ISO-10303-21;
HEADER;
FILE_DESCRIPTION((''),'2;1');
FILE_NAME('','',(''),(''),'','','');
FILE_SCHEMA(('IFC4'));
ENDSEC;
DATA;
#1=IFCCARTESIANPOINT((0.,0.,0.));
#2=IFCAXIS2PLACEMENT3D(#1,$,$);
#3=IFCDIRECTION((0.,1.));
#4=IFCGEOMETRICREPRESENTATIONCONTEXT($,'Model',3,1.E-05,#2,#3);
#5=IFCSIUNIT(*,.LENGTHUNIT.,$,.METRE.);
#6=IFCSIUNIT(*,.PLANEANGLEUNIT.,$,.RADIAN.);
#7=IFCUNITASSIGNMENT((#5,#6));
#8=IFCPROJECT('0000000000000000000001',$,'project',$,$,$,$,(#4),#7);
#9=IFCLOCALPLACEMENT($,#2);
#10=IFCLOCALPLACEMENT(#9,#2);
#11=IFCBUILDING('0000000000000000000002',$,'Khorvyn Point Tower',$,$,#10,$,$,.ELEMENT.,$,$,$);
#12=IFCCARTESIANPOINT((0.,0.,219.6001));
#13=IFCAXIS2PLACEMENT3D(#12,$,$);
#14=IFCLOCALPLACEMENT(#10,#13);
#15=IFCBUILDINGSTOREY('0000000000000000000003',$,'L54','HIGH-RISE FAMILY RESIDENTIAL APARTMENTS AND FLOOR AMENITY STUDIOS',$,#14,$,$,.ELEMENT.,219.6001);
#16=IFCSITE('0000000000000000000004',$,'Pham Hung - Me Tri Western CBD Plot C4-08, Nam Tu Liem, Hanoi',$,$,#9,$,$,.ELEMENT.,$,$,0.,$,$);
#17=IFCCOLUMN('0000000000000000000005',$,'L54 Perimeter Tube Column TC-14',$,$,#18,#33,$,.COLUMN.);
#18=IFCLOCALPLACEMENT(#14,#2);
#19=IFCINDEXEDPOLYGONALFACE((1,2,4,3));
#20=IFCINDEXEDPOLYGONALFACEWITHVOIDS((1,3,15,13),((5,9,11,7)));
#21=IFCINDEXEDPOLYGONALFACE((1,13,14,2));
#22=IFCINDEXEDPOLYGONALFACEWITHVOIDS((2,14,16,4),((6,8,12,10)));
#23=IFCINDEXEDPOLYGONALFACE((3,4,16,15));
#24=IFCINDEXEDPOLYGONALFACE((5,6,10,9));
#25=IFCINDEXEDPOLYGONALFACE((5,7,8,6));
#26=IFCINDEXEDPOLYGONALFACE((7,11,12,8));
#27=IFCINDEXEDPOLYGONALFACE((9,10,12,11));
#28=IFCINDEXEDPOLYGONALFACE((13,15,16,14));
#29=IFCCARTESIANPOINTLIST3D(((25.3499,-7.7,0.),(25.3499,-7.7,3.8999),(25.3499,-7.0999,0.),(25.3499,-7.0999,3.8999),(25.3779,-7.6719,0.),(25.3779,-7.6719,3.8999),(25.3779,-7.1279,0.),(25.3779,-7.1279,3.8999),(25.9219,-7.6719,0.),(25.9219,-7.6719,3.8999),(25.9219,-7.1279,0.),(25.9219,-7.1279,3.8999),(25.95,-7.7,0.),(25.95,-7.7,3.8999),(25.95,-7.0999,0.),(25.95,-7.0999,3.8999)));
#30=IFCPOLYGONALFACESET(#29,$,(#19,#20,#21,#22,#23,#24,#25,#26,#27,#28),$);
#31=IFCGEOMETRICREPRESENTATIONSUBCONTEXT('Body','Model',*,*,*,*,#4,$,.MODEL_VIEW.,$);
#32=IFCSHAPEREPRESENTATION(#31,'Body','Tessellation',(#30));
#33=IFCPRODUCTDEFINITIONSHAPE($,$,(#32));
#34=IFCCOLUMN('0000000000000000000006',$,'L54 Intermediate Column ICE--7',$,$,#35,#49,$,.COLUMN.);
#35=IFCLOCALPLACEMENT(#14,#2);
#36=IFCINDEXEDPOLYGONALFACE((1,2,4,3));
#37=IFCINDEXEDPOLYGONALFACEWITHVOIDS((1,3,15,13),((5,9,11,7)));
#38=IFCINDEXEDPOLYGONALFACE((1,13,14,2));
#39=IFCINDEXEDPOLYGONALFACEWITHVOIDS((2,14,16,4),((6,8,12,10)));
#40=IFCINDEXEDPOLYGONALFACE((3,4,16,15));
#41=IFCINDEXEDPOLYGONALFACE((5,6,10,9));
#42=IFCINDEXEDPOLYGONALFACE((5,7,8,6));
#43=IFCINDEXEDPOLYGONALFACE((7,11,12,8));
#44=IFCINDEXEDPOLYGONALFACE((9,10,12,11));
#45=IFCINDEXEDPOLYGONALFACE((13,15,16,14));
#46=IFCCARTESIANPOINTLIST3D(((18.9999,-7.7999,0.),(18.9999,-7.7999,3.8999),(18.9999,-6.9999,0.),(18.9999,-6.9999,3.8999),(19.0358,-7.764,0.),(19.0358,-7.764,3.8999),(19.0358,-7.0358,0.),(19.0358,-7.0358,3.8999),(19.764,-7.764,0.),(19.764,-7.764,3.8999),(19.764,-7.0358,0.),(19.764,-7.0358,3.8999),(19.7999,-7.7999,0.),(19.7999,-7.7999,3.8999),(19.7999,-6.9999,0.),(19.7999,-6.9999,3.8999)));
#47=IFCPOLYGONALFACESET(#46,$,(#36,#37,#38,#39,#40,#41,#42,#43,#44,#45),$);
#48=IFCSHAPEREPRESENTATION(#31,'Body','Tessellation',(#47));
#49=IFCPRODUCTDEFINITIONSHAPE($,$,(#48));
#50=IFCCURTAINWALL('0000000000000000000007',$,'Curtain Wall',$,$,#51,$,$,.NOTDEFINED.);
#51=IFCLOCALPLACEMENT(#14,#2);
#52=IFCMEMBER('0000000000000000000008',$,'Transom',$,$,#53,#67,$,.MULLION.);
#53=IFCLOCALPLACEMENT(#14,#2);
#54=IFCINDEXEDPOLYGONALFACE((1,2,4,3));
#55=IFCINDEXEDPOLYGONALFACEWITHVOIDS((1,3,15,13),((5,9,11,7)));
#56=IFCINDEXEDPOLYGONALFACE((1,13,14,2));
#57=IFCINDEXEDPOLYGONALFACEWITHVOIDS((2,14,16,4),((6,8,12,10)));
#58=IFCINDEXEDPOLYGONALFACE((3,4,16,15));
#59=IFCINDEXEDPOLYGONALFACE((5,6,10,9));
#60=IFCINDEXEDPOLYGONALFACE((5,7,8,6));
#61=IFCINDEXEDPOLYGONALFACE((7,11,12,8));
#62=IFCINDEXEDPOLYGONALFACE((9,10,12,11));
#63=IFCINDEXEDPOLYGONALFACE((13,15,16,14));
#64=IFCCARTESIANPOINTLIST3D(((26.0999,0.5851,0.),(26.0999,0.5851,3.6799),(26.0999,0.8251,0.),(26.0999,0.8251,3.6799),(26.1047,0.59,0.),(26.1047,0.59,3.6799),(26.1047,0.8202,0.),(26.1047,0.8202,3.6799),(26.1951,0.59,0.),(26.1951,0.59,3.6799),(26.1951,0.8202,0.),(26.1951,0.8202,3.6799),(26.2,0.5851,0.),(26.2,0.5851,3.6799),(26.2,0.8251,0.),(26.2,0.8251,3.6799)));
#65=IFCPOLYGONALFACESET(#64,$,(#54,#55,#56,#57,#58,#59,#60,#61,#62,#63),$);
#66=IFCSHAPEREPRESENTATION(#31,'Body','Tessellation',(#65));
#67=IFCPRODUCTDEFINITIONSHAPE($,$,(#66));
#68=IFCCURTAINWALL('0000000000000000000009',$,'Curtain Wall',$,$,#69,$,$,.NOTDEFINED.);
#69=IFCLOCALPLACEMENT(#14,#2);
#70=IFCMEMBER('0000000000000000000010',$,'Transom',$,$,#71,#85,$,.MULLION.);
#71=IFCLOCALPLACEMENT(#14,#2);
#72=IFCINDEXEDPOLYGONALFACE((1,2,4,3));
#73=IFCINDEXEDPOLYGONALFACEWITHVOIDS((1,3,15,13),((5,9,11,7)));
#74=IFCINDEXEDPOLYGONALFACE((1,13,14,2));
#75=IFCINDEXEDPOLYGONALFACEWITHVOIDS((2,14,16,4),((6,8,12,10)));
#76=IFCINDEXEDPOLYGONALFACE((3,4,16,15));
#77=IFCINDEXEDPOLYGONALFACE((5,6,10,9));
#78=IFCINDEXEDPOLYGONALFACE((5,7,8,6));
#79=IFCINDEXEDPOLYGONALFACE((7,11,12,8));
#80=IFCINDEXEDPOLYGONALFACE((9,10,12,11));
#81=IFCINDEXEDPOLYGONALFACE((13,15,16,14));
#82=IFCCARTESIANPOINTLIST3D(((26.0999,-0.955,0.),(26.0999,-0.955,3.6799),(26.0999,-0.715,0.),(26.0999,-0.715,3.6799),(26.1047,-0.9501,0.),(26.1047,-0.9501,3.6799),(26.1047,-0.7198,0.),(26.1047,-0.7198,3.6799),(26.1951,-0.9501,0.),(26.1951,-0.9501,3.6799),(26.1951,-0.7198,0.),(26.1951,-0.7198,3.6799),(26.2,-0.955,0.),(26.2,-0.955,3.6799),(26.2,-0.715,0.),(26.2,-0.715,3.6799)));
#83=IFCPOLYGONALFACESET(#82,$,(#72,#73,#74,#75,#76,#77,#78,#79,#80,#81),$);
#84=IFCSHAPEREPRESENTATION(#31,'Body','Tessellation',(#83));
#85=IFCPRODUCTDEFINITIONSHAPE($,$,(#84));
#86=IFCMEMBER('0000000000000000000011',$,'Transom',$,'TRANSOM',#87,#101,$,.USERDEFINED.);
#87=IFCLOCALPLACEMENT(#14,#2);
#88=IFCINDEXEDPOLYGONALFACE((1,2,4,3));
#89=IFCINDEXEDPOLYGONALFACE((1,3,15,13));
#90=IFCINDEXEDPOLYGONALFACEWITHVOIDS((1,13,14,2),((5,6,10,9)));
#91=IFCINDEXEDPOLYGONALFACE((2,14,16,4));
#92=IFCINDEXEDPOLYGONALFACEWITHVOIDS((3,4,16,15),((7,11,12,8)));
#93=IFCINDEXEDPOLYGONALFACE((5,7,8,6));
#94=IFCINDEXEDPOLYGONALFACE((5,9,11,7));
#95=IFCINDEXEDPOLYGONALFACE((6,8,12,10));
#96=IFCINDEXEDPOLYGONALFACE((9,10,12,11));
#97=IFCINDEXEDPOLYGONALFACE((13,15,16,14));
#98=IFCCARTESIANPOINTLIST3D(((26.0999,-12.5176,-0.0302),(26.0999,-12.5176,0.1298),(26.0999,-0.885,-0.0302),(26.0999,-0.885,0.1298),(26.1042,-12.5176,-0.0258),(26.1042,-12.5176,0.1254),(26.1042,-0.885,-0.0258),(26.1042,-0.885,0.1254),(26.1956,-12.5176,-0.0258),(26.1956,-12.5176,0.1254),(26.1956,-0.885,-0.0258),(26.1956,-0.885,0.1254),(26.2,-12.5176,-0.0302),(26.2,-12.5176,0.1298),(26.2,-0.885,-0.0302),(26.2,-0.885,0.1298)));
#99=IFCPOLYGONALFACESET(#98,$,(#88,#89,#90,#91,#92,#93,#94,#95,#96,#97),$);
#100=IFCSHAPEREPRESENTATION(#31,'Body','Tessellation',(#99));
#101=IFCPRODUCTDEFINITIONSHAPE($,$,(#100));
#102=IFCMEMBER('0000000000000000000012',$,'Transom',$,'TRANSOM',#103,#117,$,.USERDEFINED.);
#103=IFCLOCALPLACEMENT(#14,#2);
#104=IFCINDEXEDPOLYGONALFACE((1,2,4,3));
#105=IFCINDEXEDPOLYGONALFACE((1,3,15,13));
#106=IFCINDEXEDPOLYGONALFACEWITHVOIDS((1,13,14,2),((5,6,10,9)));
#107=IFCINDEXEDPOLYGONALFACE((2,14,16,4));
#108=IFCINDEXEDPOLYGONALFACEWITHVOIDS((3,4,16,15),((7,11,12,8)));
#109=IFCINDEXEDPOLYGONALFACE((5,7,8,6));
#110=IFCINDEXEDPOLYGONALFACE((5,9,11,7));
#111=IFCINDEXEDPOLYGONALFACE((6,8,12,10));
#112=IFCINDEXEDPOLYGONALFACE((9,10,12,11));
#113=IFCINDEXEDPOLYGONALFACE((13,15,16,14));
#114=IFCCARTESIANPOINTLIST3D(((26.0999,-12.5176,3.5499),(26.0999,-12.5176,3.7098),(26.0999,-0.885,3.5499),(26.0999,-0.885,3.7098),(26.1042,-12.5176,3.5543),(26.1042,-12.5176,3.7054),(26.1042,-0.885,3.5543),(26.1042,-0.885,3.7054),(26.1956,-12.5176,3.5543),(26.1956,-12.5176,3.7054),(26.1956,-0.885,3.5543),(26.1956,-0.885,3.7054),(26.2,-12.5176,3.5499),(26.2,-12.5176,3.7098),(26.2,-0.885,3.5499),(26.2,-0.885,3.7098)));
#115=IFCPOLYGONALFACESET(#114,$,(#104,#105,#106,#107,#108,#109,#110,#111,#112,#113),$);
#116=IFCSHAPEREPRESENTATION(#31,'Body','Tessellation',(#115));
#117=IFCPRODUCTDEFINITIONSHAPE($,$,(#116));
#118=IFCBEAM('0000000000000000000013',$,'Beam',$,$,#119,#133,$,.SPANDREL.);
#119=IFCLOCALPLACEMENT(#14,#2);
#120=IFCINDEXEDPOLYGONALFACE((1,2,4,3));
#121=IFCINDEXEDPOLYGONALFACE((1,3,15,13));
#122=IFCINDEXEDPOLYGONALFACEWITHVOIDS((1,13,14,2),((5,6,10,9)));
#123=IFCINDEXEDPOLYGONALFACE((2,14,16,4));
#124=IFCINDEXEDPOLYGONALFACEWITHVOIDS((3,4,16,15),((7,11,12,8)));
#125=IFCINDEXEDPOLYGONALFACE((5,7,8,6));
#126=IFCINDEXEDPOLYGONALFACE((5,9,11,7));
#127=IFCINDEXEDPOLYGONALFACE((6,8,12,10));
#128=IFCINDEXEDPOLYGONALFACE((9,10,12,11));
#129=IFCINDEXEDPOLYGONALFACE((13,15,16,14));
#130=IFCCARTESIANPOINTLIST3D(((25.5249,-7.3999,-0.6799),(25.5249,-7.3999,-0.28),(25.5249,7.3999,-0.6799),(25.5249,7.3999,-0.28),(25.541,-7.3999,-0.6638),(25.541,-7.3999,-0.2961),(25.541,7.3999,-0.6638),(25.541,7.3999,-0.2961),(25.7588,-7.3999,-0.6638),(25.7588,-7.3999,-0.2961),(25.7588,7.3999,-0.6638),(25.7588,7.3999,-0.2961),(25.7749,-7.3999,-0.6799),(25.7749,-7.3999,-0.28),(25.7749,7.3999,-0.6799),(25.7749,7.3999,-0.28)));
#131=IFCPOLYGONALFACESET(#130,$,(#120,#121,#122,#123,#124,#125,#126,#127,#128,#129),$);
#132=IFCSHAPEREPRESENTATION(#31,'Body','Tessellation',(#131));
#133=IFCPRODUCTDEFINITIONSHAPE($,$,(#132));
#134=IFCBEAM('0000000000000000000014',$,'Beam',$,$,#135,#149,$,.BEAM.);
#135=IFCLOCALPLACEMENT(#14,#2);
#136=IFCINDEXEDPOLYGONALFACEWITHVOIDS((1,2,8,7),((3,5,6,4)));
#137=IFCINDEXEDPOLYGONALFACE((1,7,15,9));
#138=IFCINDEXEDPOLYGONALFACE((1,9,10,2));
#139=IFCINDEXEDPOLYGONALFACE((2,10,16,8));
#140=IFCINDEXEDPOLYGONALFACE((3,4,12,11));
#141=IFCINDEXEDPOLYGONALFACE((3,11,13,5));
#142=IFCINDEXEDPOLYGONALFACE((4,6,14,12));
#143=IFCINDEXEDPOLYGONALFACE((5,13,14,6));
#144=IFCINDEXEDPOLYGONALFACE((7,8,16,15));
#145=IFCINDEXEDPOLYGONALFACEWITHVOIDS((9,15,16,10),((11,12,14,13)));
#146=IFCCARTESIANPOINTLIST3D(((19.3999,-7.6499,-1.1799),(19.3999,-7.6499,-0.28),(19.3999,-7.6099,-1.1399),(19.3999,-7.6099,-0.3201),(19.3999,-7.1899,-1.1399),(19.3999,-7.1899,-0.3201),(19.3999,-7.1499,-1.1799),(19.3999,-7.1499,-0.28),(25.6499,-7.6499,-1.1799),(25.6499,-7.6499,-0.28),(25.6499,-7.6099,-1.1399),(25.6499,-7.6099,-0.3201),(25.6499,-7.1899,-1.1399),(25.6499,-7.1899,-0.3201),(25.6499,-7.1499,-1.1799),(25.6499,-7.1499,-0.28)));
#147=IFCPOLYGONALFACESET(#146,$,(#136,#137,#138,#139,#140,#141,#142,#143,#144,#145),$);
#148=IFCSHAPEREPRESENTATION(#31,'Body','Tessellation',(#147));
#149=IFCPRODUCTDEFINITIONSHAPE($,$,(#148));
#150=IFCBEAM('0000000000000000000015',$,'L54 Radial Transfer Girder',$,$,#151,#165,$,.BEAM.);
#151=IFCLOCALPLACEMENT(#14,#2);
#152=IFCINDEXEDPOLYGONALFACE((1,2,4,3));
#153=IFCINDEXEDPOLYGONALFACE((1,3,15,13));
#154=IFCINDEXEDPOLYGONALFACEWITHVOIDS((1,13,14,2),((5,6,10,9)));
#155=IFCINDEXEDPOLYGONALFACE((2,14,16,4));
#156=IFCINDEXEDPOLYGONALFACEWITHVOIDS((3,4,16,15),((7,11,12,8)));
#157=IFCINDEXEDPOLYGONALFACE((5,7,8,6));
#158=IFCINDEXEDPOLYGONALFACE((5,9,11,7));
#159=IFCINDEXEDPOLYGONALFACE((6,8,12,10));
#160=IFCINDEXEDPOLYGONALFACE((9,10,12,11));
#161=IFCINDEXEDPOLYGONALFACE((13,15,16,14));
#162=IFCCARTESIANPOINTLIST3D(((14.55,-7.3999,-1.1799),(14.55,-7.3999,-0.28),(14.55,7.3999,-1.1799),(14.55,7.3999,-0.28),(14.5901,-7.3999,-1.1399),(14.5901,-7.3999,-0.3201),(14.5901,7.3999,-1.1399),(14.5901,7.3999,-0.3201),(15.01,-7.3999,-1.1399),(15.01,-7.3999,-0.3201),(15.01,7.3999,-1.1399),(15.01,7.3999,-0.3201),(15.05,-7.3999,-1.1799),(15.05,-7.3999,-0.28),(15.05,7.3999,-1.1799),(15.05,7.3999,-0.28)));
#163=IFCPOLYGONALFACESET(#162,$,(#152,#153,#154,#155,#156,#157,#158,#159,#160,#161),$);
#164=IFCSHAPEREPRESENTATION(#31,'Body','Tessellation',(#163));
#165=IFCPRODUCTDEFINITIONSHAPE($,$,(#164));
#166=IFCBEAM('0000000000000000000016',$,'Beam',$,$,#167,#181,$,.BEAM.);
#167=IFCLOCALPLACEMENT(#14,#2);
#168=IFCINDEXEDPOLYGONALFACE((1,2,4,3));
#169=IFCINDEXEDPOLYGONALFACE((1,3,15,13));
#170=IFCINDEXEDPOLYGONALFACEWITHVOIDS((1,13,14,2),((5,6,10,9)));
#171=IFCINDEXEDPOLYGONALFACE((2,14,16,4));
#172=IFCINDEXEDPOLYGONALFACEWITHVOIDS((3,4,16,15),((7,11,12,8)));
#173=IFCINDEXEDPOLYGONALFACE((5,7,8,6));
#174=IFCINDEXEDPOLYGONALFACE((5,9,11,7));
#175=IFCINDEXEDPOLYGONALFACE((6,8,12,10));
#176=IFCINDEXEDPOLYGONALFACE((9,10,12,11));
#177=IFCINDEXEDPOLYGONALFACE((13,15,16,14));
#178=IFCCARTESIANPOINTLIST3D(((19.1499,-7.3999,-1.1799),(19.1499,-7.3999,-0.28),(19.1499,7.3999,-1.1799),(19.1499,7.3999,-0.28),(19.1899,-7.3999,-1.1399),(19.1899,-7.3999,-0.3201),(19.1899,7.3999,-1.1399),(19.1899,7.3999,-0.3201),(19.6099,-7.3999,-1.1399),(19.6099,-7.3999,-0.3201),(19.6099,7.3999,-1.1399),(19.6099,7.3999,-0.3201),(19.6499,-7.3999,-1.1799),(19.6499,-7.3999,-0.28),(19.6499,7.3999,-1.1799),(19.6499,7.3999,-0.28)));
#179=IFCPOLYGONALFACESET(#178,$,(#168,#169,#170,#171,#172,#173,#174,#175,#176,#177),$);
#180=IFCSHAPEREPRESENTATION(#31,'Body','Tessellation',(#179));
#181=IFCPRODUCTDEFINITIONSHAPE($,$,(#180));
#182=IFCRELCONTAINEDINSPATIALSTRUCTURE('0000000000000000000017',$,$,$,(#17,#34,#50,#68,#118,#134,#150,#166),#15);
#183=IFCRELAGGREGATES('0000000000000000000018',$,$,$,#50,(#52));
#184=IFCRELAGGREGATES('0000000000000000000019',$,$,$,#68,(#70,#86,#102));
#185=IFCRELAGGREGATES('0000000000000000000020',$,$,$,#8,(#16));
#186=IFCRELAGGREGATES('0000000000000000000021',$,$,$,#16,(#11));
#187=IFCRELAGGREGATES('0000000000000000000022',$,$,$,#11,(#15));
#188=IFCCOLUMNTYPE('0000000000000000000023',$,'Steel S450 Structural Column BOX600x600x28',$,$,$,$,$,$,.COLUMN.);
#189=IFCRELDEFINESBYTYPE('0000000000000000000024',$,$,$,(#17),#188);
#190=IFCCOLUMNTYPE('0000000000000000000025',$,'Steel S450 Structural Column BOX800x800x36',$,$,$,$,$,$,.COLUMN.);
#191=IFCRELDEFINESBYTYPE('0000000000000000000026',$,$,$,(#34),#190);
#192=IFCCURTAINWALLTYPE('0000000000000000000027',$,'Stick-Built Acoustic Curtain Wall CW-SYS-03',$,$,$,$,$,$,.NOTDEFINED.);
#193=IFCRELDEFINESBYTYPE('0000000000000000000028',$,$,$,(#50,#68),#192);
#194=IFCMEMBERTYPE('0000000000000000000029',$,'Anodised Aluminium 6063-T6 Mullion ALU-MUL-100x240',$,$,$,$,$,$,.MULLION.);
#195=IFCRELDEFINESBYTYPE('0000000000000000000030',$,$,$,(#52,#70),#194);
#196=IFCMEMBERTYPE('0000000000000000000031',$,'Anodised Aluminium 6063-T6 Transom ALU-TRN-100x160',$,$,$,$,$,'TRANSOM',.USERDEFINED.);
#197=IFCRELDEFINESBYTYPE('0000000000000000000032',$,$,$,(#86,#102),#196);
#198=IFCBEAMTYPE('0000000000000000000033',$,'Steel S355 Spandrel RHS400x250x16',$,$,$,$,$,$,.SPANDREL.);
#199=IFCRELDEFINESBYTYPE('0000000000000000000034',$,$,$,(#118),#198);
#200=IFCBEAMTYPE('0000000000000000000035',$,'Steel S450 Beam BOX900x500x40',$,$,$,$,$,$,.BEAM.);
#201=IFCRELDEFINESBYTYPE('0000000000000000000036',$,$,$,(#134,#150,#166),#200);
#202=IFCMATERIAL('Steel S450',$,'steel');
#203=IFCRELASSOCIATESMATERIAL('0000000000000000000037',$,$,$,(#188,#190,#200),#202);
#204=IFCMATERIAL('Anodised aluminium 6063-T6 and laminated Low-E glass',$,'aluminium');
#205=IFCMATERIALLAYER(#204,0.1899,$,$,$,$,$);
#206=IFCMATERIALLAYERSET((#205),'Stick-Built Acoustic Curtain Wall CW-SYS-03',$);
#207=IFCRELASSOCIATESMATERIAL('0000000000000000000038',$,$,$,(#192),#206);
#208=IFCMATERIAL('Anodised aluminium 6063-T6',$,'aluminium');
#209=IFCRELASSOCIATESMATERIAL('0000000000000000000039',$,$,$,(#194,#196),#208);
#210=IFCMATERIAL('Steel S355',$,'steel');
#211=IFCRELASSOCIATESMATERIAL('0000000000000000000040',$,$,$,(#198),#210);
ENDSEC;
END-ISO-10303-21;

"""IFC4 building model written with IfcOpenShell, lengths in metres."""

from ifc_helpers import new_model, si_unit, direction, frame, origin, origin_2d, place, context, subcontext, project, spatial, hollow_rectangle, extrude, material, layer, layer_set, material_profile, profile_set, type_object, element, aggregate, save


model = new_model("IFC4")

# Units and contexts
model_context = context("Model", 3, precision=1e-05, world=origin(), true_north=direction((0.0, 1.0)))
body_context = subcontext(model_context, "Body", "Model", "MODEL_VIEW")
ifc_project = project(units=[si_unit("LENGTHUNIT", "METRE"), si_unit("PLANEANGLEUNIT", "RADIAN")], contexts=[model_context])

# Site, building, storey
site_placement = place(None, origin())
site = spatial("IfcSite", under=ifc_project, at=site_placement, Name="Pham Hung - Me Tri Western CBD Plot C4-08, Nam Tu Liem, Hanoi", CompositionType="ELEMENT", RefElevation=0.0)
building_placement = place(site_placement, origin())
building = spatial("IfcBuilding", under=site, at=building_placement, Name="Khorvyn Point Tower", CompositionType="ELEMENT")
storey_placement = place(building_placement, frame((0.0, 0.0, 219.6001)))
storey = spatial("IfcBuildingStorey", under=building, at=storey_placement, Name="L54", Description="HIGH-RISE FAMILY RESIDENTIAL APARTMENTS AND FLOOR AMENITY STUDIOS", CompositionType="ELEMENT", Elevation=219.6001)

# Columns
ifc_material_1 = material(Name="Steel S450", Category="steel")
ifc_material_profile_1 = material_profile(ifc_material_1, hollow_rectangle(XDim=0.6001, YDim=0.6001, WallThickness=0.0281, at=origin_2d()))
ifc_profile_set_1 = profile_set([ifc_material_profile_1], Name="Steel S450 BOX600x600x28")
column_type_1 = type_object("IfcColumnType", Name="Steel S450 Structural Column BOX600x600x28", PredefinedType="COLUMN", material=ifc_profile_set_1)
column_1_placement = place(storey_placement, frame((25.6499, -7.3999, 0.0), z_axis=(0.0, 0.0, 1.0), x_axis=(1.0, 0.0, 0.0)))
element("IfcColumn", 1, at=column_1_placement, inside=storey, type_object=column_type_1, Name="L54 Perimeter Tube Column TC-14", PredefinedType="COLUMN", context=body_context, shape_type="SweptSolid", body=[
    extrude(hollow_rectangle(XDim=0.6001, YDim=0.6001, WallThickness=0.0281, at=origin_2d()), origin(), (0.0, 0.0, 1.0), 3.8999),
])
ifc_material_profile_2 = material_profile(ifc_material_1, hollow_rectangle(XDim=0.8, YDim=0.8, WallThickness=0.0359, at=origin_2d()))
ifc_profile_set_2 = profile_set([ifc_material_profile_2], Name="Steel S450 BOX800x800x36")
column_type_2 = type_object("IfcColumnType", Name="Steel S450 Structural Column BOX800x800x36", PredefinedType="COLUMN", material=ifc_profile_set_2)
column_2_placement = place(storey_placement, frame((19.3999, -7.3999, 0.0), z_axis=(0.0, 0.0, 1.0), x_axis=(1.0, 0.0, 0.0)))
element("IfcColumn", 2, at=column_2_placement, inside=storey, type_object=column_type_2, Name="L54 Intermediate Column ICE--7", PredefinedType="COLUMN", context=body_context, shape_type="SweptSolid", body=[
    extrude(hollow_rectangle(XDim=0.8, YDim=0.8, WallThickness=0.0359, at=origin_2d()), origin(), (0.0, 0.0, 1.0), 3.8999),
])

# Curtain wall, member
ifc_material_2 = material(Name="Anodised aluminium 6063-T6 and laminated Low-E glass", Category="aluminium")
ifc_layer_1 = layer(ifc_material_2, 0.1899)
ifc_layer_set_1 = layer_set([ifc_layer_1], Name="Stick-Built Acoustic Curtain Wall CW-SYS-03")
curtain_wall_type = type_object("IfcCurtainWallType", Name="Stick-Built Acoustic Curtain Wall CW-SYS-03", PredefinedType="NOTDEFINED", material=ifc_layer_set_1)
curtain_wall_1_placement = place(storey_placement, origin())
curtain_wall_1 = element("IfcCurtainWall", 3, at=curtain_wall_1_placement, inside=storey, type_object=curtain_wall_type, Name="Curtain Wall", PredefinedType="NOTDEFINED")
ifc_material_3 = material(Name="Anodised aluminium 6063-T6", Category="aluminium")
ifc_material_profile_3 = material_profile(ifc_material_3, hollow_rectangle(XDim=0.1001, YDim=0.24, WallThickness=0.0049, at=origin_2d()))
ifc_profile_set_3 = profile_set([ifc_material_profile_3], Name="Anodised aluminium 6063-T6 ALU-MUL-100x240")
member_type_1 = type_object("IfcMemberType", Name="Anodised Aluminium 6063-T6 Mullion ALU-MUL-100x240", PredefinedType="MULLION", material=ifc_profile_set_3)
member_1_placement = place(storey_placement, frame((26.1499, 0.7051, 0.0), z_axis=(0.0, 0.0, 1.0), x_axis=(1.0, 0.0, 0.0)))
member_1 = element("IfcMember", 4, at=member_1_placement, type_object=member_type_1, Name="Transom", PredefinedType="MULLION", context=body_context, shape_type="SweptSolid", body=[
    extrude(hollow_rectangle(XDim=0.1001, YDim=0.24, WallThickness=0.0049, at=origin_2d()), origin(), (0.0, 0.0, 1.0), 3.6799),
])
aggregate(curtain_wall_1, [member_1])

# Curtain wall, members
curtain_wall_2_placement = place(storey_placement, origin())
curtain_wall_2 = element("IfcCurtainWall", 5, at=curtain_wall_2_placement, inside=storey, type_object=curtain_wall_type, Name="Curtain Wall", PredefinedType="NOTDEFINED")
member_2_placement = place(storey_placement, frame((26.1499, -0.835, 0.0), z_axis=(0.0, 0.0, 1.0), x_axis=(1.0, 0.0, 0.0)))
member_2 = element("IfcMember", 6, at=member_2_placement, type_object=member_type_1, Name="Transom", PredefinedType="MULLION", context=body_context, shape_type="SweptSolid", body=[
    extrude(hollow_rectangle(XDim=0.1001, YDim=0.24, WallThickness=0.0049, at=origin_2d()), origin(), (0.0, 0.0, 1.0), 3.6799),
])
ifc_material_profile_4 = material_profile(ifc_material_3, hollow_rectangle(XDim=0.1001, YDim=0.1599, WallThickness=0.0044, at=origin_2d()))
ifc_profile_set_4 = profile_set([ifc_material_profile_4], Name="Anodised aluminium 6063-T6 ALU-TRN-100x160")
member_type_2 = type_object("IfcMemberType", Name="Anodised Aluminium 6063-T6 Transom ALU-TRN-100x160", ElementType="TRANSOM", PredefinedType="USERDEFINED", material=ifc_profile_set_4)
member_3_placement = place(storey_placement, frame((26.1499, -0.885, 0.0498), z_axis=(0.0, -1.0, 0.0), x_axis=(1.0, 0.0, 0.0)))
member_3 = element("IfcMember", 7, at=member_3_placement, type_object=member_type_2, Name="Transom", ObjectType="TRANSOM", PredefinedType="USERDEFINED", context=body_context, shape_type="SweptSolid", body=[
    extrude(hollow_rectangle(XDim=0.1001, YDim=0.1599, WallThickness=0.0044, at=origin_2d()), origin(), (0.0, 0.0, 1.0), 11.6326),
])
member_4_placement = place(storey_placement, frame((26.1499, -0.885, 3.6299), z_axis=(0.0, -1.0, 0.0), x_axis=(1.0, 0.0, 0.0)))
member_4 = element("IfcMember", 8, at=member_4_placement, type_object=member_type_2, Name="Transom", ObjectType="TRANSOM", PredefinedType="USERDEFINED", context=body_context, shape_type="SweptSolid", body=[
    extrude(hollow_rectangle(XDim=0.1001, YDim=0.1599, WallThickness=0.0044, at=origin_2d()), origin(), (0.0, 0.0, 1.0), 11.6326),
])

# Beams
ifc_material_4 = material(Name="Steel S355", Category="steel")
ifc_material_profile_5 = material_profile(ifc_material_4, hollow_rectangle(XDim=0.25, YDim=0.3999, WallThickness=0.0161, at=origin_2d()))
ifc_profile_set_5 = profile_set([ifc_material_profile_5], Name="Steel S355 RHS400x250x16")
beam_type_1 = type_object("IfcBeamType", Name="Steel S355 Spandrel RHS400x250x16", PredefinedType="SPANDREL", material=ifc_profile_set_5)
beam_1_placement = place(storey_placement, frame((25.6499, -7.3999, -0.48), z_axis=(0.0, 1.0, 0.0), x_axis=(-1.0, 0.0, 0.0)))
element("IfcBeam", 9, at=beam_1_placement, inside=storey, type_object=beam_type_1, Name="Beam", PredefinedType="SPANDREL", context=body_context, shape_type="SweptSolid", body=[
    extrude(hollow_rectangle(XDim=0.25, YDim=0.3999, WallThickness=0.0161, at=origin_2d()), origin(), (0.0, 0.0, 1.0), 14.7998),
])
ifc_material_profile_6 = material_profile(ifc_material_1, hollow_rectangle(XDim=0.5, YDim=0.8999, WallThickness=0.04, at=origin_2d()))
ifc_profile_set_6 = profile_set([ifc_material_profile_6], Name="Steel S450 BOX900x500x40")
beam_type_2 = type_object("IfcBeamType", Name="Steel S450 Beam BOX900x500x40", PredefinedType="BEAM", material=ifc_profile_set_6)
beam_2_placement = place(storey_placement, frame((19.3999, -7.3999, -0.73), z_axis=(1.0, 0.0, 0.0), x_axis=(0.0, 1.0, 0.0)))
element("IfcBeam", 10, at=beam_2_placement, inside=storey, type_object=beam_type_2, Name="Beam", PredefinedType="BEAM", context=body_context, shape_type="SweptSolid", body=[
    extrude(hollow_rectangle(XDim=0.5, YDim=0.8999, WallThickness=0.04, at=origin_2d()), origin(), (0.0, 0.0, 1.0), 6.25),
])
for number, where, z_axis, x_axis, name in (
    (11, (14.8, -7.3999, -0.73), (0.0, 1.0, 0.0), (-1.0, 0.0, 0.0), "L54 Radial Transfer Girder"),
    (12, (19.3999, -7.3999, -0.73), (0.0, 1.0, 0.0), (-1.0, 0.0, 0.0), "Beam"),
):
    element("IfcBeam", number, at=place(storey_placement, frame(where, z_axis=z_axis, x_axis=x_axis)), inside=storey, type_object=beam_type_2, Name=name, PredefinedType="BEAM", context=body_context, shape_type="SweptSolid", body=[
        extrude(hollow_rectangle(XDim=0.5, YDim=0.8999, WallThickness=0.04, at=origin_2d()), origin(), (0.0, 0.0, 1.0), 14.7998),
    ])

aggregate(curtain_wall_2, [member_2, member_3, member_4])

save(model, "model.ifc")
